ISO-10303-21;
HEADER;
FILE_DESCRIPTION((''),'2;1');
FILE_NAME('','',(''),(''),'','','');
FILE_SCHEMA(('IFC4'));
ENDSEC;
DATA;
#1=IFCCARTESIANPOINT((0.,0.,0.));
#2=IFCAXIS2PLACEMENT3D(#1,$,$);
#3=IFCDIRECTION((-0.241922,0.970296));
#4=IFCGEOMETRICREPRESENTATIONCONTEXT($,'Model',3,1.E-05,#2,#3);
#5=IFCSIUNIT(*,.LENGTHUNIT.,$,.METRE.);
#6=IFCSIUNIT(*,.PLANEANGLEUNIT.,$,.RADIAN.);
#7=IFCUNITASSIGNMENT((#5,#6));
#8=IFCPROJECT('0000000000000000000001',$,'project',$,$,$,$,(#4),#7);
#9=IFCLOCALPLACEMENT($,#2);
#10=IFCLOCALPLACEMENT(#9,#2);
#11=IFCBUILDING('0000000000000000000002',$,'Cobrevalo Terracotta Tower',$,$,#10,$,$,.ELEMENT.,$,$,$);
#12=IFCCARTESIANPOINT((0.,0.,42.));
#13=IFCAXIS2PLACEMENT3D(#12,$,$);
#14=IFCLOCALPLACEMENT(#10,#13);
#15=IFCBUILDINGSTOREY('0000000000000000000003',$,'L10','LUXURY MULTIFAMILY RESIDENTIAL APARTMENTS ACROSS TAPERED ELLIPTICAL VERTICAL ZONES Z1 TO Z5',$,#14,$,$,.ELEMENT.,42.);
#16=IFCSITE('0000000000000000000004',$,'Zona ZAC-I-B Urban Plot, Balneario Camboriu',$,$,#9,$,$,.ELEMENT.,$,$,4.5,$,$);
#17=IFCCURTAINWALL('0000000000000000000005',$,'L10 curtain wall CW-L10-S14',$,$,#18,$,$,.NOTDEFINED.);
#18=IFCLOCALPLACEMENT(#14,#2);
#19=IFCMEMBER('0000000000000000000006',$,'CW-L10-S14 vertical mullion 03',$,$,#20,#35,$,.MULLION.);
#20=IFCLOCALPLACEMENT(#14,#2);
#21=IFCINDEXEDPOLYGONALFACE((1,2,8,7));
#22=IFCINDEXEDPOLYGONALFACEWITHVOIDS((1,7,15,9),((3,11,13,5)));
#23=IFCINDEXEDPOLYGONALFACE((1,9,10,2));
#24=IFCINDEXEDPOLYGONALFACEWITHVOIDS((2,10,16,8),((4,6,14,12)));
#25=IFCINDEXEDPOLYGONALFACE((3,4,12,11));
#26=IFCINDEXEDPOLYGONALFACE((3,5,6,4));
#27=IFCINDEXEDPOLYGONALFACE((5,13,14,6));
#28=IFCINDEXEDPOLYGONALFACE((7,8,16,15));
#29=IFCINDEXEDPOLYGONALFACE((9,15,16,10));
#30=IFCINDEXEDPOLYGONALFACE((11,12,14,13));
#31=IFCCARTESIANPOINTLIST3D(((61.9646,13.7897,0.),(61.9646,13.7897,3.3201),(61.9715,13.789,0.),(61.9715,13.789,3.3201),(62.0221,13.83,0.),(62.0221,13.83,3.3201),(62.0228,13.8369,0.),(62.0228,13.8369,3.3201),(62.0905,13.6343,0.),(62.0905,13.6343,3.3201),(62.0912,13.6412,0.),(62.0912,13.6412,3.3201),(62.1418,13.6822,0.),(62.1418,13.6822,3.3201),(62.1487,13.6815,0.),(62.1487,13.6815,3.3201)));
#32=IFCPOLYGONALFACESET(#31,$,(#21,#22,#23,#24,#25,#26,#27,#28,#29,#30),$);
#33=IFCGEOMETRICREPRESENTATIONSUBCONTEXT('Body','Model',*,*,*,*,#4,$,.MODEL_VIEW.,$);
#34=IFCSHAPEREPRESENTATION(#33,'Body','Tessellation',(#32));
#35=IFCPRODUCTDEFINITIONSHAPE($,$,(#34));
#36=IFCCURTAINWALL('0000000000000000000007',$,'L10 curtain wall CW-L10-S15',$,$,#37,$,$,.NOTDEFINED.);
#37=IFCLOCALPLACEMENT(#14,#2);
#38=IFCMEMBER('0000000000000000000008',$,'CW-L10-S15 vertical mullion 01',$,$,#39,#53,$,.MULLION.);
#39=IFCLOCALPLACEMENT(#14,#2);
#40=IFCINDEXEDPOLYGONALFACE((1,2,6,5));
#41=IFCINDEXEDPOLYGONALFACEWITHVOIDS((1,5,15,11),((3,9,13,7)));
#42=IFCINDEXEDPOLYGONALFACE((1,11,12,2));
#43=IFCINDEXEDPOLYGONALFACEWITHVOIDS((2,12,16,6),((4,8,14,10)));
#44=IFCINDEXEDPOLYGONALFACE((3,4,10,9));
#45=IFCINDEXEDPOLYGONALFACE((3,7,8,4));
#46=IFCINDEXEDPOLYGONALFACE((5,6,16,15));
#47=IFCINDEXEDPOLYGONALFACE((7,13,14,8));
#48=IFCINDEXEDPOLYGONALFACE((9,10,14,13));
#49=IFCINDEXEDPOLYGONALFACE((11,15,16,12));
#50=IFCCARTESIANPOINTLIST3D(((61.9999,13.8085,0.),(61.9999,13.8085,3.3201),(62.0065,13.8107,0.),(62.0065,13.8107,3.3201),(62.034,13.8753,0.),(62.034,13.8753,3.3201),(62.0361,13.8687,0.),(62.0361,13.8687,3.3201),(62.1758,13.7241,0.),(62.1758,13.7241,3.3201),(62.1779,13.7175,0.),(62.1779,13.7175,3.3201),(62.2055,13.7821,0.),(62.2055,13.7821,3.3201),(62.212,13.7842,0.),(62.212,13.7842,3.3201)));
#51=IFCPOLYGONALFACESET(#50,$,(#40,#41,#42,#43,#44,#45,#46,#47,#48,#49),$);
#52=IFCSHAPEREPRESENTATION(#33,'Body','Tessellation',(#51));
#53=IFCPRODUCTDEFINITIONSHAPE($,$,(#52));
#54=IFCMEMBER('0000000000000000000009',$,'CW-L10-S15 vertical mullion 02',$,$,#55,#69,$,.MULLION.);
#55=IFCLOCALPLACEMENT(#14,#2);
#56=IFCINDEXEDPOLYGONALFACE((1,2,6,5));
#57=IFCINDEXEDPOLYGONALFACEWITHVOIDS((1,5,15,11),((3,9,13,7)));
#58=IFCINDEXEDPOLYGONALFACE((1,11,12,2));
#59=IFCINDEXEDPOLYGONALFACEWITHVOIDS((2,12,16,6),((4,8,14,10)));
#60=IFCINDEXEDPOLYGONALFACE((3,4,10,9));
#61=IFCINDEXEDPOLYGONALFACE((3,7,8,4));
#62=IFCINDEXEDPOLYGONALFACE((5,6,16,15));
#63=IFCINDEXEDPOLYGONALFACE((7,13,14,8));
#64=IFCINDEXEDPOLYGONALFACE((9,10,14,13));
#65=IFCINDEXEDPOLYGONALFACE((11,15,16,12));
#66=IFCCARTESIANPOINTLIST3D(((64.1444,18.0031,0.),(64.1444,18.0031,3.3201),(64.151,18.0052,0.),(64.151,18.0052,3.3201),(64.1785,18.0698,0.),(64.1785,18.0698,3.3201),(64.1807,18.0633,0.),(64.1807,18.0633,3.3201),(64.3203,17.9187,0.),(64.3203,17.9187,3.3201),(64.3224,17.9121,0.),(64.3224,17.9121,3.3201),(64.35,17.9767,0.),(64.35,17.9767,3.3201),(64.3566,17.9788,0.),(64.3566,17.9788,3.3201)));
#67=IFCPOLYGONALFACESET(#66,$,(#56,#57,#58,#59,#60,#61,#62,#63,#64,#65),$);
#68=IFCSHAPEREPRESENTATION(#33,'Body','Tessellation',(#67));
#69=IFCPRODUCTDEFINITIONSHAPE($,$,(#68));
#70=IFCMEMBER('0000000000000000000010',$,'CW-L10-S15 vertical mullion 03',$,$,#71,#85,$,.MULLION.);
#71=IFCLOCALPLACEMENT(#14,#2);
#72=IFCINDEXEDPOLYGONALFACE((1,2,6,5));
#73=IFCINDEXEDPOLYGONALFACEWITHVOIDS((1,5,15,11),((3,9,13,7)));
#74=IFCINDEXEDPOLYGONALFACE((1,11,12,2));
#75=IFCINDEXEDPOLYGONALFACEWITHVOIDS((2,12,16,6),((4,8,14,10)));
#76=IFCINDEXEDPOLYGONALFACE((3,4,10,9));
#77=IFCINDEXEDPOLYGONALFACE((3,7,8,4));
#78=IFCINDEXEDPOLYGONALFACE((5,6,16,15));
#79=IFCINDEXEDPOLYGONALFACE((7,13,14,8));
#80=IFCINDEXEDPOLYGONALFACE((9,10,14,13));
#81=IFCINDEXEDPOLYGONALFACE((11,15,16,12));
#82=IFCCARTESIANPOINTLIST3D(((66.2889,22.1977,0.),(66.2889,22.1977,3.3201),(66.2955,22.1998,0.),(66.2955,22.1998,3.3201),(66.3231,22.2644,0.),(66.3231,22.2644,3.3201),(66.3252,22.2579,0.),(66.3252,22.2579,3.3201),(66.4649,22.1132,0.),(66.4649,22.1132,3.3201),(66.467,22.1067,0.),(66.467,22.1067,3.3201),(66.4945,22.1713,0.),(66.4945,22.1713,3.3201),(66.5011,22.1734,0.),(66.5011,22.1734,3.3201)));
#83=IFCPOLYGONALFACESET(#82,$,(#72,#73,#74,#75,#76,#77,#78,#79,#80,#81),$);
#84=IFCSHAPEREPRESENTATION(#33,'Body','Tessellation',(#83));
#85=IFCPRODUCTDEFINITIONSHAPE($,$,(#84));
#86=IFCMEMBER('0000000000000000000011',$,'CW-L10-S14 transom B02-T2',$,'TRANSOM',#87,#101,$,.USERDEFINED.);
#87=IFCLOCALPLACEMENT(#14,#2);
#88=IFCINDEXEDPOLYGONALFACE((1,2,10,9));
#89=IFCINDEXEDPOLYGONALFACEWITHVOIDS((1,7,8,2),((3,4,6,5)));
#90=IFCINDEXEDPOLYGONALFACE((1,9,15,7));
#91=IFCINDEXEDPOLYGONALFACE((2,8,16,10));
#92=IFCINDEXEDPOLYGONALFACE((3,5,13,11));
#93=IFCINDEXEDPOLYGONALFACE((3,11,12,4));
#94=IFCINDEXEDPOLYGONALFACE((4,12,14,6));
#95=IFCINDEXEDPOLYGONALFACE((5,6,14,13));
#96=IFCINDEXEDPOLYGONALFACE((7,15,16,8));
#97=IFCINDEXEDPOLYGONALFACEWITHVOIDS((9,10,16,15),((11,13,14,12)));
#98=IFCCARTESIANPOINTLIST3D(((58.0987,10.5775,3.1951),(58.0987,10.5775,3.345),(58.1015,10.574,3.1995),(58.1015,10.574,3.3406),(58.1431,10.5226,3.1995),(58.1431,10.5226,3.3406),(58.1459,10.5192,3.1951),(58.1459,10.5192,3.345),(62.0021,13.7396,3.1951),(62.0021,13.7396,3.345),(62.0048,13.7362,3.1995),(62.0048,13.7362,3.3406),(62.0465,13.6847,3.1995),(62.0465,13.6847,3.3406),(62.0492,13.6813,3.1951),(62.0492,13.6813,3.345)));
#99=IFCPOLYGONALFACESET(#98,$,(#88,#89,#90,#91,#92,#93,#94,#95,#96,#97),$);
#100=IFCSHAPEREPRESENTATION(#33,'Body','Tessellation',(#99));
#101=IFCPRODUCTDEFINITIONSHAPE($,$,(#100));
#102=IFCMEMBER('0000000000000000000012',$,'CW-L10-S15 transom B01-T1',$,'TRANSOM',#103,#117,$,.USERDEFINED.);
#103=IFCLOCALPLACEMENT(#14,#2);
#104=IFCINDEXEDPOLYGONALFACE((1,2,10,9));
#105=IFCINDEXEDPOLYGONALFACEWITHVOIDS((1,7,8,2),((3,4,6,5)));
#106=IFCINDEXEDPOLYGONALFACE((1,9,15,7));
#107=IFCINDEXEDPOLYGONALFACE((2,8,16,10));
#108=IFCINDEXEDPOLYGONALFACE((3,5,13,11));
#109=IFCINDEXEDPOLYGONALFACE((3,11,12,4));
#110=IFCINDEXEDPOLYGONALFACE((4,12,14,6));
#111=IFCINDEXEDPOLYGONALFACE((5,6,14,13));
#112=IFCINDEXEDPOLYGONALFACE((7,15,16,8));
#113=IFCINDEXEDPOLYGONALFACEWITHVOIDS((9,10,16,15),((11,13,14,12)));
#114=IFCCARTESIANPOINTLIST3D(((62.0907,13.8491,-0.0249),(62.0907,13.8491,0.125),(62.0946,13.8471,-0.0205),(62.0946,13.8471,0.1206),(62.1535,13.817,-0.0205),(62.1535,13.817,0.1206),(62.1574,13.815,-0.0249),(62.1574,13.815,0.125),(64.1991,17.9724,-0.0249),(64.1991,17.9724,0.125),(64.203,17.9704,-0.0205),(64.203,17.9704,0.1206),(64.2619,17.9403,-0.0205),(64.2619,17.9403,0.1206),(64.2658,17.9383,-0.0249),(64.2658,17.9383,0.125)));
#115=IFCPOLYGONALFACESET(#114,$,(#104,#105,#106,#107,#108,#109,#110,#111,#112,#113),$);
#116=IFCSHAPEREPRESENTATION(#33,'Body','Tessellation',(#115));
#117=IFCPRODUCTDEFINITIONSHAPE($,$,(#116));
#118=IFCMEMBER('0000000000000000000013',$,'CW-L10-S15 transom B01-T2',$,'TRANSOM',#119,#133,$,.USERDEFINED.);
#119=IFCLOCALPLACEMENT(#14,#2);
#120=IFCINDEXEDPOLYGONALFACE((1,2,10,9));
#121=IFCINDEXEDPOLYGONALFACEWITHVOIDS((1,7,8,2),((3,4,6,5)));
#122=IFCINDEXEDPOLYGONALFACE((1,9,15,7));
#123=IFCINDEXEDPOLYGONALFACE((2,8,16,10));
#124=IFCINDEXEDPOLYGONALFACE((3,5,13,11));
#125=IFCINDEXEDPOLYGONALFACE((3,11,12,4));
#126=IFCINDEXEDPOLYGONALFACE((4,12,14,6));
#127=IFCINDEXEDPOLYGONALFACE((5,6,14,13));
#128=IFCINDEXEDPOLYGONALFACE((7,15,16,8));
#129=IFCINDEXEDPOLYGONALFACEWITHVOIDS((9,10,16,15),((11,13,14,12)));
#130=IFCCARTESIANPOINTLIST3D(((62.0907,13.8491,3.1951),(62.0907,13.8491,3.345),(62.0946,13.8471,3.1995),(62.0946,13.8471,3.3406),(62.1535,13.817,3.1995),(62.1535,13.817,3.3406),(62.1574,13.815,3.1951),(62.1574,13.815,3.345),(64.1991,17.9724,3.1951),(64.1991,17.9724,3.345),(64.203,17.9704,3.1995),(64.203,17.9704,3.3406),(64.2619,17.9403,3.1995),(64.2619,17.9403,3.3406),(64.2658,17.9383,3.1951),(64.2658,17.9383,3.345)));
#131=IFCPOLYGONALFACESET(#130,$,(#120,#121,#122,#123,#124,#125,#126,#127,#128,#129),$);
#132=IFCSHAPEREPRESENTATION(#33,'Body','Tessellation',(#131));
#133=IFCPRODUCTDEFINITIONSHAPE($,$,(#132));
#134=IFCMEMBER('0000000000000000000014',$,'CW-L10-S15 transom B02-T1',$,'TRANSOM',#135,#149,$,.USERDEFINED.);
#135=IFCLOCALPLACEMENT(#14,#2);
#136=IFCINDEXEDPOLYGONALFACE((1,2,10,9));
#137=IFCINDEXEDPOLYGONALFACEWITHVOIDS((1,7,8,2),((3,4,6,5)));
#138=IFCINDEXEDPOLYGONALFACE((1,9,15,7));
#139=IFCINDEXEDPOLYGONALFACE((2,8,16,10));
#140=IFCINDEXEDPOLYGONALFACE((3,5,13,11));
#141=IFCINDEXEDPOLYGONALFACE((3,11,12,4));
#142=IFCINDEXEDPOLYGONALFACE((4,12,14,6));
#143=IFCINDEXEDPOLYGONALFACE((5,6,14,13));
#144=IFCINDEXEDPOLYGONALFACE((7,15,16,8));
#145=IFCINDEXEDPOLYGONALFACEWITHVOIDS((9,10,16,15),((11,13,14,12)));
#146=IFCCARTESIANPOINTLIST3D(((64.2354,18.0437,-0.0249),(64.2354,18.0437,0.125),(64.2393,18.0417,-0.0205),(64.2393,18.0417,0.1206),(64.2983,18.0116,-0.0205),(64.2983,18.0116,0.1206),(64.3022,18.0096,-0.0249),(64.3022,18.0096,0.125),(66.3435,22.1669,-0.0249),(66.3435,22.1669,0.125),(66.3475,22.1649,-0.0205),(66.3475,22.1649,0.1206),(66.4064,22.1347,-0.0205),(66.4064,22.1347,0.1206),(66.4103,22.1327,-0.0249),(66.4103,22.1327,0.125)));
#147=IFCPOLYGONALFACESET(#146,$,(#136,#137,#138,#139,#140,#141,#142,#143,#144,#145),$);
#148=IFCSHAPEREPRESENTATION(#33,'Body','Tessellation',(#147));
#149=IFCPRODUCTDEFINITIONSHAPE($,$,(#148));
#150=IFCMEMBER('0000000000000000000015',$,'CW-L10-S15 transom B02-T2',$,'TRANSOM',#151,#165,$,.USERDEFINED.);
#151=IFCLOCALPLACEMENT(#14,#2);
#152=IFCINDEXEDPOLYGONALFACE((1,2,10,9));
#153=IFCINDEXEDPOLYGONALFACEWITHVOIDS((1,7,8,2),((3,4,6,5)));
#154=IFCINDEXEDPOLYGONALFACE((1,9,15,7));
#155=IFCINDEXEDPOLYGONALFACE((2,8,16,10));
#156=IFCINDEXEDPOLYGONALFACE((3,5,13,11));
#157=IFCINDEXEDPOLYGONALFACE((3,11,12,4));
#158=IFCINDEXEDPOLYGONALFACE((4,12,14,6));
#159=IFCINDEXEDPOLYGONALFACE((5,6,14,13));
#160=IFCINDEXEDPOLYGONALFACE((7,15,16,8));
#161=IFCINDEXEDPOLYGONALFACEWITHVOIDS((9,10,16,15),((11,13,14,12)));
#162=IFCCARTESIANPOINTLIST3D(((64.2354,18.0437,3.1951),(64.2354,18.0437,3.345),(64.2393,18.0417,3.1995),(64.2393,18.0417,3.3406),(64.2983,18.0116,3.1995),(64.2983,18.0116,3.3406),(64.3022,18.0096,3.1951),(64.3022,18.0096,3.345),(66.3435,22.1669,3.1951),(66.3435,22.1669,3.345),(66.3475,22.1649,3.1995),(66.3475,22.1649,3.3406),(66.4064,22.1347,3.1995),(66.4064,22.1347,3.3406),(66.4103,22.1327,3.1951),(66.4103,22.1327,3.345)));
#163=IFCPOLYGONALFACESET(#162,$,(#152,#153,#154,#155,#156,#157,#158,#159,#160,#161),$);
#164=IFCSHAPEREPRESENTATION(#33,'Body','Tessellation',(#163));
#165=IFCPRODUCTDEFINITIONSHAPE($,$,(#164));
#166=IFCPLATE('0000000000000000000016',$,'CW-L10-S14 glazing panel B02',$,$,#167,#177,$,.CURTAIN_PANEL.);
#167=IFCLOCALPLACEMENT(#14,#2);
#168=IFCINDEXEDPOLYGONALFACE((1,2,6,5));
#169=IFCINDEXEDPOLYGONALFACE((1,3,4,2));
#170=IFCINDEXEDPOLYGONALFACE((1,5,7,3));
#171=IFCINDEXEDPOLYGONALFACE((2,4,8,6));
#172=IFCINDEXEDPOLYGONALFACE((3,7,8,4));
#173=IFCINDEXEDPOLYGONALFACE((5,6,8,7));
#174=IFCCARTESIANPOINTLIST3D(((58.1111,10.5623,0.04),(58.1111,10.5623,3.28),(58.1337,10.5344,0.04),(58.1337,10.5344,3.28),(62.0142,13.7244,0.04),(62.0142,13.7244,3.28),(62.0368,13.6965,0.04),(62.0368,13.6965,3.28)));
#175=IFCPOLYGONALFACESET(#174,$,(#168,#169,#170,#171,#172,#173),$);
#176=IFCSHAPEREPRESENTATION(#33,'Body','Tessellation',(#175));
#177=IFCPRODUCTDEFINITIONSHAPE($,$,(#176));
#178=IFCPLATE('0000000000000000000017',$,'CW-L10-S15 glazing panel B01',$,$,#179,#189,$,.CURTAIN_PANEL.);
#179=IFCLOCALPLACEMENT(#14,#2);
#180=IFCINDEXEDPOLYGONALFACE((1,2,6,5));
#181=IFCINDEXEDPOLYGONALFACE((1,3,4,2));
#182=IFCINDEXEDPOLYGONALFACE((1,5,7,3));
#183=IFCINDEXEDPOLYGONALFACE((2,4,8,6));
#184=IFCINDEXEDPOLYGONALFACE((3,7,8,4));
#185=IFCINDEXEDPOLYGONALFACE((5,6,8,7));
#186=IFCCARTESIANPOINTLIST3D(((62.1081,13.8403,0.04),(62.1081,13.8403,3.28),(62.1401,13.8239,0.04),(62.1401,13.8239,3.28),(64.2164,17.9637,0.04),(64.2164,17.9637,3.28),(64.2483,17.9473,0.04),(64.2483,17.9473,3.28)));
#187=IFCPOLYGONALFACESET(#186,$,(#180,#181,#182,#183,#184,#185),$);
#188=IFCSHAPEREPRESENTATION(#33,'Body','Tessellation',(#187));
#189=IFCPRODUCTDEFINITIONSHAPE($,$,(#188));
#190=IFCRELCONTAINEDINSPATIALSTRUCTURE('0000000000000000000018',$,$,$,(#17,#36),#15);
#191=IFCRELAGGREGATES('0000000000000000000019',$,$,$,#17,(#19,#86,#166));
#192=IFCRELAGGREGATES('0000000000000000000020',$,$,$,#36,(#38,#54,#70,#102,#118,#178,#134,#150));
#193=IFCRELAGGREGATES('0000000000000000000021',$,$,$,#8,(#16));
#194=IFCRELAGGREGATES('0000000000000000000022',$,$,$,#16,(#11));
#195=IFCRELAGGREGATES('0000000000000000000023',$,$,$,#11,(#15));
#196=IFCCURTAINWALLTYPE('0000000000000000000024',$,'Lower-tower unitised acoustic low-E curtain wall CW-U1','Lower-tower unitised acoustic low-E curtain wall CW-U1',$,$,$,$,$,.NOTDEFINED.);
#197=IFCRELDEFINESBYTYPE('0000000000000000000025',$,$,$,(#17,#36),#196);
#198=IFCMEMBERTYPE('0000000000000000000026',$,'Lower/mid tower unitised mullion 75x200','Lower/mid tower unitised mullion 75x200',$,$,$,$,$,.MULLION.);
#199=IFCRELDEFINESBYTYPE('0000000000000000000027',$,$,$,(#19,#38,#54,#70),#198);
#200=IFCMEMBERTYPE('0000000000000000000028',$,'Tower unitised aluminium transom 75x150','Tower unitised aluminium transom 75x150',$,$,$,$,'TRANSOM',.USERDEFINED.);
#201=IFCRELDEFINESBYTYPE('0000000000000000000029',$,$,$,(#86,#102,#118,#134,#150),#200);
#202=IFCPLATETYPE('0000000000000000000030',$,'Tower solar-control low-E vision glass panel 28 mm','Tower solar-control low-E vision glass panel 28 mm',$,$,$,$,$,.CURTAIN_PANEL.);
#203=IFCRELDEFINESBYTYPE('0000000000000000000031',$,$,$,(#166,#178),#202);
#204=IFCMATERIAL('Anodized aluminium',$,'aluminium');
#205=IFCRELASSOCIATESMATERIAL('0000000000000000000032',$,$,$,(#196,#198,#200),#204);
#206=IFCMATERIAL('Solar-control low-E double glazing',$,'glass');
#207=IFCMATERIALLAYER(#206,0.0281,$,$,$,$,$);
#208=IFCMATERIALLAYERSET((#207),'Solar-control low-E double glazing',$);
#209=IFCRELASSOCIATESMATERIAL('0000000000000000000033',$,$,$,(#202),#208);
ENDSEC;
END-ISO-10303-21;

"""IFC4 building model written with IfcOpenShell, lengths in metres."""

from ifc_helpers import new_model, si_unit, direction, frame, origin, origin_2d, place, context, subcontext, project, spatial, rectangle, hollow_rectangle, extrude, source, transform, mapped, material, layer, layer_set, material_profile, profile_set, type_object, element, aggregate, save


model = new_model("IFC4")

# Units and contexts
model_context = context("Model", 3, precision=1e-05, world=origin(), true_north=direction((-0.241922, 0.970296)))
body_context = subcontext(model_context, "Body", "Model", "MODEL_VIEW")
ifc_project = project(units=[si_unit("LENGTHUNIT", "METRE"), si_unit("PLANEANGLEUNIT", "RADIAN")], contexts=[model_context])

# Site, building, storey
site_placement = place(None, origin())
site = spatial("IfcSite", under=ifc_project, at=site_placement, Name="Zona ZAC-I-B Urban Plot, Balneario Camboriu", CompositionType="ELEMENT", RefElevation=4.5)
building_placement = place(site_placement, origin())
building = spatial("IfcBuilding", under=site, at=building_placement, Name="Cobrevalo Terracotta Tower", CompositionType="ELEMENT")
storey_placement = place(building_placement, frame((0.0, 0.0, 42.0)))
storey = spatial("IfcBuildingStorey", under=building, at=storey_placement, Name="L10", Description="LUXURY MULTIFAMILY RESIDENTIAL APARTMENTS ACROSS TAPERED ELLIPTICAL VERTICAL ZONES Z1 TO Z5", CompositionType="ELEMENT", Elevation=42.0)

# Curtain wall, member
ifc_material_1 = material(Name="Anodized aluminium", Category="aluminium")
curtain_wall_type = type_object("IfcCurtainWallType", Name="Lower-tower unitised acoustic low-E curtain wall CW-U1", Description="Lower-tower unitised acoustic low-E curtain wall CW-U1", PredefinedType="NOTDEFINED", material=ifc_material_1)
curtain_wall_1_placement = place(storey_placement, origin())
curtain_wall_1 = element("IfcCurtainWall", 1, at=curtain_wall_1_placement, inside=storey, type_object=curtain_wall_type, Name="L10 curtain wall CW-L10-S14", PredefinedType="NOTDEFINED")
ifc_material_profile_1 = material_profile(ifc_material_1, hollow_rectangle(XDim=0.075, YDim=0.2, WallThickness=0.0049, at=origin_2d()), Name="CWM 75x200")
ifc_profile_set_1 = profile_set([ifc_material_profile_1], Name="Anodized aluminium")
member_type_1 = type_object("IfcMemberType", Name="Lower/mid tower unitised mullion 75x200", Description="Lower/mid tower unitised mullion 75x200", PredefinedType="MULLION", material=ifc_profile_set_1)
shared_shape_1 = source(origin(), body_context, "Body", "SweptSolid", [
    extrude(hollow_rectangle(XDim=0.075, YDim=0.2, WallThickness=0.0049, at=origin_2d()), origin(), (0.0, 0.0, 1.0), 3.3201),
])
member_1_placement = place(storey_placement, frame((62.0566, 13.7356, 0.0), z_axis=(0.0, 0.0, 1.0), x_axis=(0.777003, 0.629497, 0.0)))
member_1 = element("IfcMember", 2, at=member_1_placement, type_object=member_type_1, Name="CW-L10-S14 vertical mullion 03", PredefinedType="MULLION", context=body_context, shape_type="MappedRepresentation", body=[
    mapped(shared_shape_1, transform((0.0, 0.0, 0.0), scale=1.0)),
])

# Curtain wall, members
curtain_wall_2_placement = place(storey_placement, origin())
curtain_wall_2 = element("IfcCurtainWall", 3, at=curtain_wall_2_placement, inside=storey, type_object=curtain_wall_type, Name="L10 curtain wall CW-L10-S15", PredefinedType="NOTDEFINED")
member_2_placement = place(storey_placement, frame((62.106, 13.7964, 0.0), z_axis=(0.0, 0.0, 1.0), x_axis=(0.455234, 0.890372, 0.0)))
member_2 = element("IfcMember", 4, at=member_2_placement, type_object=member_type_1, Name="CW-L10-S15 vertical mullion 01", PredefinedType="MULLION", context=body_context, shape_type="MappedRepresentation", body=[
    mapped(shared_shape_1, transform((0.0, 0.0, 0.0), scale=1.0)),
])
member_3_placement = place(storey_placement, frame((64.2505, 17.991, 0.0), z_axis=(0.0, 0.0, 1.0), x_axis=(0.455234, 0.890372, 0.0)))
member_3 = element("IfcMember", 5, at=member_3_placement, type_object=member_type_1, Name="CW-L10-S15 vertical mullion 02", PredefinedType="MULLION", context=body_context, shape_type="MappedRepresentation", body=[
    mapped(shared_shape_1, transform((0.0, 0.0, 0.0), scale=1.0)),
])
member_4_placement = place(storey_placement, frame((66.395, 22.1855, 0.0), z_axis=(0.0, 0.0, 1.0), x_axis=(0.455234, 0.890372, 0.0)))
member_4 = element("IfcMember", 6, at=member_4_placement, type_object=member_type_1, Name="CW-L10-S15 vertical mullion 03", PredefinedType="MULLION", context=body_context, shape_type="MappedRepresentation", body=[
    mapped(shared_shape_1, transform((0.0, 0.0, 0.0), scale=1.0)),
])

# Members
ifc_material_profile_2 = material_profile(ifc_material_1, hollow_rectangle(XDim=0.075, YDim=0.1499, WallThickness=0.0044, at=origin_2d()), Name="CWT 75x150")
ifc_profile_set_2 = profile_set([ifc_material_profile_2], Name="Anodized aluminium")
member_type_2 = type_object("IfcMemberType", Name="Tower unitised aluminium transom 75x150", Description="Tower unitised aluminium transom 75x150", ElementType="TRANSOM", PredefinedType="USERDEFINED", material=ifc_profile_set_2)
shared_shape_2 = source(origin(), body_context, "Body", "SweptSolid", [
    extrude(hollow_rectangle(XDim=0.075, YDim=0.1499, WallThickness=0.0044, at=origin_2d()), origin(), (0.0, 0.0, 1.0), 5.0234),
])
member_5_placement = place(storey_placement, frame((58.1223, 10.5483, 3.27), z_axis=(0.777023, 0.629472, 0.0), x_axis=(-0.629472, 0.777023, 0.0)))
member_5 = element("IfcMember", 7, at=member_5_placement, type_object=member_type_2, Name="CW-L10-S14 transom B02-T2", ObjectType="TRANSOM", PredefinedType="USERDEFINED", context=body_context, shape_type="MappedRepresentation", body=[
    mapped(shared_shape_2, transform((0.0, 0.0, 0.0), scale=1.0)),
])
shared_shape_3 = source(origin(), body_context, "Body", "SweptSolid", [
    extrude(hollow_rectangle(XDim=0.075, YDim=0.1499, WallThickness=0.0044, at=origin_2d()), origin(), (0.0, 0.0, 1.0), 4.6311),
])
member_6_placement = place(storey_placement, frame((62.124, 13.832, 0.05), z_axis=(0.455272, 0.890353, 0.0), x_axis=(-0.890353, 0.455272, 0.0)))
member_6 = element("IfcMember", 8, at=member_6_placement, type_object=member_type_2, Name="CW-L10-S15 transom B01-T1", ObjectType="TRANSOM", PredefinedType="USERDEFINED", context=body_context, shape_type="MappedRepresentation", body=[
    mapped(shared_shape_3, transform((0.0, 0.0, 0.0), scale=1.0)),
])
member_7_placement = place(storey_placement, frame((62.124, 13.832, 3.27), z_axis=(0.455272, 0.890353, 0.0), x_axis=(-0.890353, 0.455272, 0.0)))
member_7 = element("IfcMember", 9, at=member_7_placement, type_object=member_type_2, Name="CW-L10-S15 transom B01-T2", ObjectType="TRANSOM", PredefinedType="USERDEFINED", context=body_context, shape_type="MappedRepresentation", body=[
    mapped(shared_shape_3, transform((0.0, 0.0, 0.0), scale=1.0)),
])
shared_shape_4 = source(origin(), body_context, "Body", "SweptSolid", [
    extrude(hollow_rectangle(XDim=0.075, YDim=0.1499, WallThickness=0.0044, at=origin_2d()), origin(), (0.0, 0.0, 1.0), 4.6309),
])
member_8_placement = place(storey_placement, frame((64.2688, 18.0266, 0.05), z_axis=(0.45523, 0.890374, 0.0), x_axis=(-0.890374, 0.45523, 0.0)))
member_8 = element("IfcMember", 10, at=member_8_placement, type_object=member_type_2, Name="CW-L10-S15 transom B02-T1", ObjectType="TRANSOM", PredefinedType="USERDEFINED", context=body_context, shape_type="MappedRepresentation", body=[
    mapped(shared_shape_4, transform((0.0, 0.0, 0.0), scale=1.0)),
])
member_9_placement = place(storey_placement, frame((64.2688, 18.0266, 3.27), z_axis=(0.45523, 0.890374, 0.0), x_axis=(-0.890374, 0.45523, 0.0)))
member_9 = element("IfcMember", 11, at=member_9_placement, type_object=member_type_2, Name="CW-L10-S15 transom B02-T2", ObjectType="TRANSOM", PredefinedType="USERDEFINED", context=body_context, shape_type="MappedRepresentation", body=[
    mapped(shared_shape_4, transform((0.0, 0.0, 0.0), scale=1.0)),
])

# Plates
ifc_material_2 = material(Name="Solar-control low-E double glazing", Category="glass")
ifc_layer_1 = layer(ifc_material_2, 0.0281)
ifc_layer_set_1 = layer_set([ifc_layer_1], Name="Solar-control low-E double glazing")
plate_type = type_object("IfcPlateType", Name="Tower solar-control low-E vision glass panel 28 mm", Description="Tower solar-control low-E vision glass panel 28 mm", PredefinedType="CURTAIN_PANEL", material=ifc_layer_set_1)
shared_shape_5 = source(origin(), body_context, "Body", "SweptSolid", [
    extrude(rectangle(XDim=5.0232, YDim=0.0359, at=origin_2d()), origin(), (0.0, 0.0, 1.0), 3.24),
])
plate_1_placement = place(storey_placement, frame((60.074, 12.1294, 0.04), z_axis=(0.0, 0.0, 1.0), x_axis=(0.777008, 0.629491, 0.0)))
plate_1 = element("IfcPlate", 12, at=plate_1_placement, type_object=plate_type, Name="CW-L10-S14 glazing panel B02", PredefinedType="CURTAIN_PANEL", context=body_context, shape_type="MappedRepresentation", body=[
    mapped(shared_shape_5, transform((0.0, 0.0, 0.0), scale=1.0)),
])
aggregate(curtain_wall_1, [member_1, member_5, plate_1])
shared_shape_6 = source(origin(), body_context, "Body", "SweptSolid", [
    extrude(rectangle(XDim=4.6311, YDim=0.0359, at=origin_2d()), origin(), (0.0, 0.0, 1.0), 3.24),
])
plate_2_placement = place(storey_placement, frame((63.1782, 15.8938, 0.04), z_axis=(0.0, 0.0, 1.0), x_axis=(0.455231, 0.890373, 0.0)))
plate_2 = element("IfcPlate", 13, at=plate_2_placement, type_object=plate_type, Name="CW-L10-S15 glazing panel B01", PredefinedType="CURTAIN_PANEL", context=body_context, shape_type="MappedRepresentation", body=[
    mapped(shared_shape_6, transform((0.0, 0.0, 0.0), scale=1.0)),
])
aggregate(curtain_wall_2, [member_2, member_3, member_4, member_6, member_7, plate_2, member_8, member_9])

save(model, "model.ifc")
